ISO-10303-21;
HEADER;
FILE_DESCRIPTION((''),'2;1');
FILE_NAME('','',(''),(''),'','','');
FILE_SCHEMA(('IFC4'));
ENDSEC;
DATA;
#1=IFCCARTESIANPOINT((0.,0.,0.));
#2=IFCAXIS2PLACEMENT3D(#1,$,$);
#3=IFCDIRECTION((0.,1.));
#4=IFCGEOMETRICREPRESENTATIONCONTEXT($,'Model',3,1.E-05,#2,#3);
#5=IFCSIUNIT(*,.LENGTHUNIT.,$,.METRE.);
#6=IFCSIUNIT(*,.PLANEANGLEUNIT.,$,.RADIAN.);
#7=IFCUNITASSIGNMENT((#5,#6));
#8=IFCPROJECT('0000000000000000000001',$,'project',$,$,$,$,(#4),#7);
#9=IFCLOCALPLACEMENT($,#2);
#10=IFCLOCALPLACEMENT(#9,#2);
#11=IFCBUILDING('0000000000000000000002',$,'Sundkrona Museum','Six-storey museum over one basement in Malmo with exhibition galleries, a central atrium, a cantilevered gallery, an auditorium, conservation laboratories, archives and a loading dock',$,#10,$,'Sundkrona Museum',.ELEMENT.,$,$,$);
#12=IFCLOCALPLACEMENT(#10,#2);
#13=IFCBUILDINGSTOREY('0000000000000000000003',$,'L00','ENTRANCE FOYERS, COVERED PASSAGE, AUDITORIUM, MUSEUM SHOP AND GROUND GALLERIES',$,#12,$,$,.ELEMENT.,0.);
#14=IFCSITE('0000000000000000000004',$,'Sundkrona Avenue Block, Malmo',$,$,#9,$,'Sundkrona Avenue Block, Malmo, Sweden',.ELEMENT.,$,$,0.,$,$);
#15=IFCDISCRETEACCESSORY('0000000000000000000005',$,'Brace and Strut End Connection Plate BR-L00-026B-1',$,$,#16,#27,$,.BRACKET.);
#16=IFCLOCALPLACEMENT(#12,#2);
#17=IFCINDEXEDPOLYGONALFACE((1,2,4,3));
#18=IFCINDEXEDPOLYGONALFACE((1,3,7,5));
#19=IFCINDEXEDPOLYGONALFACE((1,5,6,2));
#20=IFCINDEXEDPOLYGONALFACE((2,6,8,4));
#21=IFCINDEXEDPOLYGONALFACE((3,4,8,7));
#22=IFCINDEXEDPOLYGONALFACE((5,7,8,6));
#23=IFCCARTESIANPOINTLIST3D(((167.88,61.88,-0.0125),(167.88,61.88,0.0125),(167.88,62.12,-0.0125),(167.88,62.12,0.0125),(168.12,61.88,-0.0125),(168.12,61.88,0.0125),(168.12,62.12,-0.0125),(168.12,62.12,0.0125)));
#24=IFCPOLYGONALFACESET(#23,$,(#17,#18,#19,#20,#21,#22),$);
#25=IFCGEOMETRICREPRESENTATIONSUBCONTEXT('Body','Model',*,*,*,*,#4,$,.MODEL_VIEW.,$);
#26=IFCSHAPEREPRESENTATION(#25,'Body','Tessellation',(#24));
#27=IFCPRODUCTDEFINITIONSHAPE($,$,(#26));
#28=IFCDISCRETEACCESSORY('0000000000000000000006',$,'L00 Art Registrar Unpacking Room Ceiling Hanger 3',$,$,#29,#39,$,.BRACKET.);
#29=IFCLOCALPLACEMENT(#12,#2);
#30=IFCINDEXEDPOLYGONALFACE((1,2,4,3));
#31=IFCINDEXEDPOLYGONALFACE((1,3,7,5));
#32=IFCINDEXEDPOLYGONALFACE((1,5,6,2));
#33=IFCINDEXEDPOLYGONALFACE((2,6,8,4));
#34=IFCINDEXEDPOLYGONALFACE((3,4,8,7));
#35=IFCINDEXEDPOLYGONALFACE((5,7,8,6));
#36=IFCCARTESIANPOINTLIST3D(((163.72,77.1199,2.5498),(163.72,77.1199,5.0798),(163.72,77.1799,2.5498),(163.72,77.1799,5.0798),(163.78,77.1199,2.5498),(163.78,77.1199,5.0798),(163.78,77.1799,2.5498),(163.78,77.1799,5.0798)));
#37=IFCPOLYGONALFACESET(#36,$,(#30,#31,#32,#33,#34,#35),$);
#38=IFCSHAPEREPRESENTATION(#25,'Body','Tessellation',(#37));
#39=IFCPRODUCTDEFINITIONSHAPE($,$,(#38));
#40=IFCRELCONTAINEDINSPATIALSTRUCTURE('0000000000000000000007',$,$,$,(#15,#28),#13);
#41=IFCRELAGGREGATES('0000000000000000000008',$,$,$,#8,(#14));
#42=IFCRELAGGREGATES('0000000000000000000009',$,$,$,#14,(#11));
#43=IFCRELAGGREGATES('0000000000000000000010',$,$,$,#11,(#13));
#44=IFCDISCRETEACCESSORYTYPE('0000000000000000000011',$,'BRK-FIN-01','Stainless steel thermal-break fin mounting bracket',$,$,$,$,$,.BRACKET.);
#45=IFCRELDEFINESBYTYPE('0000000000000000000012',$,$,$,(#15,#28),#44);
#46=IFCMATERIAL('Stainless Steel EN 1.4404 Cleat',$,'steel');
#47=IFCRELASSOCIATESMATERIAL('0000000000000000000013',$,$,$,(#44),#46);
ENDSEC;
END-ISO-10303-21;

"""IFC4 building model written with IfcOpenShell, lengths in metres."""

from ifc_helpers import new_model, si_unit, direction, frame, origin, origin_2d, place, context, subcontext, project, spatial, rectangle, extrude, material, type_object, element, save


model = new_model("IFC4")

# Units and contexts
model_context = context("Model", 3, precision=1e-05, world=origin(), true_north=direction((0.0, 1.0)))
body_context = subcontext(model_context, "Body", "Model", "MODEL_VIEW")
ifc_project = project(units=[si_unit("LENGTHUNIT", "METRE"), si_unit("PLANEANGLEUNIT", "RADIAN")], contexts=[model_context])

# Site, building, storey
site_placement = place(None, origin())
site = spatial("IfcSite", under=ifc_project, at=site_placement, Name="Sundkrona Avenue Block, Malmo", LongName="Sundkrona Avenue Block, Malmo, Sweden", CompositionType="ELEMENT", RefElevation=0.0)
building_placement = place(site_placement, origin())
building = spatial("IfcBuilding", under=site, at=building_placement, Name="Sundkrona Museum", Description="Six-storey museum over one basement in Malmo with exhibition galleries, a central atrium, a cantilevered gallery, an auditorium, conservation laboratories, archives and a loading dock", LongName="Sundkrona Museum", CompositionType="ELEMENT")
storey_placement = place(building_placement, origin())
storey = spatial("IfcBuildingStorey", under=building, at=storey_placement, Name="L00", Description="ENTRANCE FOYERS, COVERED PASSAGE, AUDITORIUM, MUSEUM SHOP AND GROUND GALLERIES", CompositionType="ELEMENT", Elevation=0.0)

# Discrete accessories
ifc_material_1 = material(Name="Stainless Steel EN 1.4404 Cleat", Category="steel")
discrete_accessory_type = type_object("IfcDiscreteAccessoryType", Name="BRK-FIN-01", Description="Stainless steel thermal-break fin mounting bracket", PredefinedType="BRACKET", material=ifc_material_1)
discrete_accessory_1_placement = place(storey_placement, frame((168.0, 62.0, -0.0125), z_axis=(0.0, 0.0, 1.0), x_axis=(1.0, 0.0, 0.0)))
element("IfcDiscreteAccessory", 1, at=discrete_accessory_1_placement, inside=storey, type_object=discrete_accessory_type, Name="Brace and Strut End Connection Plate BR-L00-026B-1", PredefinedType="BRACKET", context=body_context, shape_type="SweptSolid", body=[
    extrude(rectangle(XDim=0.24, YDim=0.24, at=origin_2d()), origin(), (0.0, 0.0, 1.0), 0.0249),
])
discrete_accessory_2_placement = place(storey_placement, frame((163.75, 77.1499, 2.5498), z_axis=(0.0, 0.0, 1.0), x_axis=(1.0, 0.0, 0.0)))
element("IfcDiscreteAccessory", 2, at=discrete_accessory_2_placement, inside=storey, type_object=discrete_accessory_type, Name="L00 Art Registrar Unpacking Room Ceiling Hanger 3", PredefinedType="BRACKET", context=body_context, shape_type="SweptSolid", body=[
    extrude(rectangle(XDim=0.0601, YDim=0.0601, at=origin_2d()), origin(), (0.0, 0.0, 1.0), 2.53),
])

save(model, "model.ifc")
